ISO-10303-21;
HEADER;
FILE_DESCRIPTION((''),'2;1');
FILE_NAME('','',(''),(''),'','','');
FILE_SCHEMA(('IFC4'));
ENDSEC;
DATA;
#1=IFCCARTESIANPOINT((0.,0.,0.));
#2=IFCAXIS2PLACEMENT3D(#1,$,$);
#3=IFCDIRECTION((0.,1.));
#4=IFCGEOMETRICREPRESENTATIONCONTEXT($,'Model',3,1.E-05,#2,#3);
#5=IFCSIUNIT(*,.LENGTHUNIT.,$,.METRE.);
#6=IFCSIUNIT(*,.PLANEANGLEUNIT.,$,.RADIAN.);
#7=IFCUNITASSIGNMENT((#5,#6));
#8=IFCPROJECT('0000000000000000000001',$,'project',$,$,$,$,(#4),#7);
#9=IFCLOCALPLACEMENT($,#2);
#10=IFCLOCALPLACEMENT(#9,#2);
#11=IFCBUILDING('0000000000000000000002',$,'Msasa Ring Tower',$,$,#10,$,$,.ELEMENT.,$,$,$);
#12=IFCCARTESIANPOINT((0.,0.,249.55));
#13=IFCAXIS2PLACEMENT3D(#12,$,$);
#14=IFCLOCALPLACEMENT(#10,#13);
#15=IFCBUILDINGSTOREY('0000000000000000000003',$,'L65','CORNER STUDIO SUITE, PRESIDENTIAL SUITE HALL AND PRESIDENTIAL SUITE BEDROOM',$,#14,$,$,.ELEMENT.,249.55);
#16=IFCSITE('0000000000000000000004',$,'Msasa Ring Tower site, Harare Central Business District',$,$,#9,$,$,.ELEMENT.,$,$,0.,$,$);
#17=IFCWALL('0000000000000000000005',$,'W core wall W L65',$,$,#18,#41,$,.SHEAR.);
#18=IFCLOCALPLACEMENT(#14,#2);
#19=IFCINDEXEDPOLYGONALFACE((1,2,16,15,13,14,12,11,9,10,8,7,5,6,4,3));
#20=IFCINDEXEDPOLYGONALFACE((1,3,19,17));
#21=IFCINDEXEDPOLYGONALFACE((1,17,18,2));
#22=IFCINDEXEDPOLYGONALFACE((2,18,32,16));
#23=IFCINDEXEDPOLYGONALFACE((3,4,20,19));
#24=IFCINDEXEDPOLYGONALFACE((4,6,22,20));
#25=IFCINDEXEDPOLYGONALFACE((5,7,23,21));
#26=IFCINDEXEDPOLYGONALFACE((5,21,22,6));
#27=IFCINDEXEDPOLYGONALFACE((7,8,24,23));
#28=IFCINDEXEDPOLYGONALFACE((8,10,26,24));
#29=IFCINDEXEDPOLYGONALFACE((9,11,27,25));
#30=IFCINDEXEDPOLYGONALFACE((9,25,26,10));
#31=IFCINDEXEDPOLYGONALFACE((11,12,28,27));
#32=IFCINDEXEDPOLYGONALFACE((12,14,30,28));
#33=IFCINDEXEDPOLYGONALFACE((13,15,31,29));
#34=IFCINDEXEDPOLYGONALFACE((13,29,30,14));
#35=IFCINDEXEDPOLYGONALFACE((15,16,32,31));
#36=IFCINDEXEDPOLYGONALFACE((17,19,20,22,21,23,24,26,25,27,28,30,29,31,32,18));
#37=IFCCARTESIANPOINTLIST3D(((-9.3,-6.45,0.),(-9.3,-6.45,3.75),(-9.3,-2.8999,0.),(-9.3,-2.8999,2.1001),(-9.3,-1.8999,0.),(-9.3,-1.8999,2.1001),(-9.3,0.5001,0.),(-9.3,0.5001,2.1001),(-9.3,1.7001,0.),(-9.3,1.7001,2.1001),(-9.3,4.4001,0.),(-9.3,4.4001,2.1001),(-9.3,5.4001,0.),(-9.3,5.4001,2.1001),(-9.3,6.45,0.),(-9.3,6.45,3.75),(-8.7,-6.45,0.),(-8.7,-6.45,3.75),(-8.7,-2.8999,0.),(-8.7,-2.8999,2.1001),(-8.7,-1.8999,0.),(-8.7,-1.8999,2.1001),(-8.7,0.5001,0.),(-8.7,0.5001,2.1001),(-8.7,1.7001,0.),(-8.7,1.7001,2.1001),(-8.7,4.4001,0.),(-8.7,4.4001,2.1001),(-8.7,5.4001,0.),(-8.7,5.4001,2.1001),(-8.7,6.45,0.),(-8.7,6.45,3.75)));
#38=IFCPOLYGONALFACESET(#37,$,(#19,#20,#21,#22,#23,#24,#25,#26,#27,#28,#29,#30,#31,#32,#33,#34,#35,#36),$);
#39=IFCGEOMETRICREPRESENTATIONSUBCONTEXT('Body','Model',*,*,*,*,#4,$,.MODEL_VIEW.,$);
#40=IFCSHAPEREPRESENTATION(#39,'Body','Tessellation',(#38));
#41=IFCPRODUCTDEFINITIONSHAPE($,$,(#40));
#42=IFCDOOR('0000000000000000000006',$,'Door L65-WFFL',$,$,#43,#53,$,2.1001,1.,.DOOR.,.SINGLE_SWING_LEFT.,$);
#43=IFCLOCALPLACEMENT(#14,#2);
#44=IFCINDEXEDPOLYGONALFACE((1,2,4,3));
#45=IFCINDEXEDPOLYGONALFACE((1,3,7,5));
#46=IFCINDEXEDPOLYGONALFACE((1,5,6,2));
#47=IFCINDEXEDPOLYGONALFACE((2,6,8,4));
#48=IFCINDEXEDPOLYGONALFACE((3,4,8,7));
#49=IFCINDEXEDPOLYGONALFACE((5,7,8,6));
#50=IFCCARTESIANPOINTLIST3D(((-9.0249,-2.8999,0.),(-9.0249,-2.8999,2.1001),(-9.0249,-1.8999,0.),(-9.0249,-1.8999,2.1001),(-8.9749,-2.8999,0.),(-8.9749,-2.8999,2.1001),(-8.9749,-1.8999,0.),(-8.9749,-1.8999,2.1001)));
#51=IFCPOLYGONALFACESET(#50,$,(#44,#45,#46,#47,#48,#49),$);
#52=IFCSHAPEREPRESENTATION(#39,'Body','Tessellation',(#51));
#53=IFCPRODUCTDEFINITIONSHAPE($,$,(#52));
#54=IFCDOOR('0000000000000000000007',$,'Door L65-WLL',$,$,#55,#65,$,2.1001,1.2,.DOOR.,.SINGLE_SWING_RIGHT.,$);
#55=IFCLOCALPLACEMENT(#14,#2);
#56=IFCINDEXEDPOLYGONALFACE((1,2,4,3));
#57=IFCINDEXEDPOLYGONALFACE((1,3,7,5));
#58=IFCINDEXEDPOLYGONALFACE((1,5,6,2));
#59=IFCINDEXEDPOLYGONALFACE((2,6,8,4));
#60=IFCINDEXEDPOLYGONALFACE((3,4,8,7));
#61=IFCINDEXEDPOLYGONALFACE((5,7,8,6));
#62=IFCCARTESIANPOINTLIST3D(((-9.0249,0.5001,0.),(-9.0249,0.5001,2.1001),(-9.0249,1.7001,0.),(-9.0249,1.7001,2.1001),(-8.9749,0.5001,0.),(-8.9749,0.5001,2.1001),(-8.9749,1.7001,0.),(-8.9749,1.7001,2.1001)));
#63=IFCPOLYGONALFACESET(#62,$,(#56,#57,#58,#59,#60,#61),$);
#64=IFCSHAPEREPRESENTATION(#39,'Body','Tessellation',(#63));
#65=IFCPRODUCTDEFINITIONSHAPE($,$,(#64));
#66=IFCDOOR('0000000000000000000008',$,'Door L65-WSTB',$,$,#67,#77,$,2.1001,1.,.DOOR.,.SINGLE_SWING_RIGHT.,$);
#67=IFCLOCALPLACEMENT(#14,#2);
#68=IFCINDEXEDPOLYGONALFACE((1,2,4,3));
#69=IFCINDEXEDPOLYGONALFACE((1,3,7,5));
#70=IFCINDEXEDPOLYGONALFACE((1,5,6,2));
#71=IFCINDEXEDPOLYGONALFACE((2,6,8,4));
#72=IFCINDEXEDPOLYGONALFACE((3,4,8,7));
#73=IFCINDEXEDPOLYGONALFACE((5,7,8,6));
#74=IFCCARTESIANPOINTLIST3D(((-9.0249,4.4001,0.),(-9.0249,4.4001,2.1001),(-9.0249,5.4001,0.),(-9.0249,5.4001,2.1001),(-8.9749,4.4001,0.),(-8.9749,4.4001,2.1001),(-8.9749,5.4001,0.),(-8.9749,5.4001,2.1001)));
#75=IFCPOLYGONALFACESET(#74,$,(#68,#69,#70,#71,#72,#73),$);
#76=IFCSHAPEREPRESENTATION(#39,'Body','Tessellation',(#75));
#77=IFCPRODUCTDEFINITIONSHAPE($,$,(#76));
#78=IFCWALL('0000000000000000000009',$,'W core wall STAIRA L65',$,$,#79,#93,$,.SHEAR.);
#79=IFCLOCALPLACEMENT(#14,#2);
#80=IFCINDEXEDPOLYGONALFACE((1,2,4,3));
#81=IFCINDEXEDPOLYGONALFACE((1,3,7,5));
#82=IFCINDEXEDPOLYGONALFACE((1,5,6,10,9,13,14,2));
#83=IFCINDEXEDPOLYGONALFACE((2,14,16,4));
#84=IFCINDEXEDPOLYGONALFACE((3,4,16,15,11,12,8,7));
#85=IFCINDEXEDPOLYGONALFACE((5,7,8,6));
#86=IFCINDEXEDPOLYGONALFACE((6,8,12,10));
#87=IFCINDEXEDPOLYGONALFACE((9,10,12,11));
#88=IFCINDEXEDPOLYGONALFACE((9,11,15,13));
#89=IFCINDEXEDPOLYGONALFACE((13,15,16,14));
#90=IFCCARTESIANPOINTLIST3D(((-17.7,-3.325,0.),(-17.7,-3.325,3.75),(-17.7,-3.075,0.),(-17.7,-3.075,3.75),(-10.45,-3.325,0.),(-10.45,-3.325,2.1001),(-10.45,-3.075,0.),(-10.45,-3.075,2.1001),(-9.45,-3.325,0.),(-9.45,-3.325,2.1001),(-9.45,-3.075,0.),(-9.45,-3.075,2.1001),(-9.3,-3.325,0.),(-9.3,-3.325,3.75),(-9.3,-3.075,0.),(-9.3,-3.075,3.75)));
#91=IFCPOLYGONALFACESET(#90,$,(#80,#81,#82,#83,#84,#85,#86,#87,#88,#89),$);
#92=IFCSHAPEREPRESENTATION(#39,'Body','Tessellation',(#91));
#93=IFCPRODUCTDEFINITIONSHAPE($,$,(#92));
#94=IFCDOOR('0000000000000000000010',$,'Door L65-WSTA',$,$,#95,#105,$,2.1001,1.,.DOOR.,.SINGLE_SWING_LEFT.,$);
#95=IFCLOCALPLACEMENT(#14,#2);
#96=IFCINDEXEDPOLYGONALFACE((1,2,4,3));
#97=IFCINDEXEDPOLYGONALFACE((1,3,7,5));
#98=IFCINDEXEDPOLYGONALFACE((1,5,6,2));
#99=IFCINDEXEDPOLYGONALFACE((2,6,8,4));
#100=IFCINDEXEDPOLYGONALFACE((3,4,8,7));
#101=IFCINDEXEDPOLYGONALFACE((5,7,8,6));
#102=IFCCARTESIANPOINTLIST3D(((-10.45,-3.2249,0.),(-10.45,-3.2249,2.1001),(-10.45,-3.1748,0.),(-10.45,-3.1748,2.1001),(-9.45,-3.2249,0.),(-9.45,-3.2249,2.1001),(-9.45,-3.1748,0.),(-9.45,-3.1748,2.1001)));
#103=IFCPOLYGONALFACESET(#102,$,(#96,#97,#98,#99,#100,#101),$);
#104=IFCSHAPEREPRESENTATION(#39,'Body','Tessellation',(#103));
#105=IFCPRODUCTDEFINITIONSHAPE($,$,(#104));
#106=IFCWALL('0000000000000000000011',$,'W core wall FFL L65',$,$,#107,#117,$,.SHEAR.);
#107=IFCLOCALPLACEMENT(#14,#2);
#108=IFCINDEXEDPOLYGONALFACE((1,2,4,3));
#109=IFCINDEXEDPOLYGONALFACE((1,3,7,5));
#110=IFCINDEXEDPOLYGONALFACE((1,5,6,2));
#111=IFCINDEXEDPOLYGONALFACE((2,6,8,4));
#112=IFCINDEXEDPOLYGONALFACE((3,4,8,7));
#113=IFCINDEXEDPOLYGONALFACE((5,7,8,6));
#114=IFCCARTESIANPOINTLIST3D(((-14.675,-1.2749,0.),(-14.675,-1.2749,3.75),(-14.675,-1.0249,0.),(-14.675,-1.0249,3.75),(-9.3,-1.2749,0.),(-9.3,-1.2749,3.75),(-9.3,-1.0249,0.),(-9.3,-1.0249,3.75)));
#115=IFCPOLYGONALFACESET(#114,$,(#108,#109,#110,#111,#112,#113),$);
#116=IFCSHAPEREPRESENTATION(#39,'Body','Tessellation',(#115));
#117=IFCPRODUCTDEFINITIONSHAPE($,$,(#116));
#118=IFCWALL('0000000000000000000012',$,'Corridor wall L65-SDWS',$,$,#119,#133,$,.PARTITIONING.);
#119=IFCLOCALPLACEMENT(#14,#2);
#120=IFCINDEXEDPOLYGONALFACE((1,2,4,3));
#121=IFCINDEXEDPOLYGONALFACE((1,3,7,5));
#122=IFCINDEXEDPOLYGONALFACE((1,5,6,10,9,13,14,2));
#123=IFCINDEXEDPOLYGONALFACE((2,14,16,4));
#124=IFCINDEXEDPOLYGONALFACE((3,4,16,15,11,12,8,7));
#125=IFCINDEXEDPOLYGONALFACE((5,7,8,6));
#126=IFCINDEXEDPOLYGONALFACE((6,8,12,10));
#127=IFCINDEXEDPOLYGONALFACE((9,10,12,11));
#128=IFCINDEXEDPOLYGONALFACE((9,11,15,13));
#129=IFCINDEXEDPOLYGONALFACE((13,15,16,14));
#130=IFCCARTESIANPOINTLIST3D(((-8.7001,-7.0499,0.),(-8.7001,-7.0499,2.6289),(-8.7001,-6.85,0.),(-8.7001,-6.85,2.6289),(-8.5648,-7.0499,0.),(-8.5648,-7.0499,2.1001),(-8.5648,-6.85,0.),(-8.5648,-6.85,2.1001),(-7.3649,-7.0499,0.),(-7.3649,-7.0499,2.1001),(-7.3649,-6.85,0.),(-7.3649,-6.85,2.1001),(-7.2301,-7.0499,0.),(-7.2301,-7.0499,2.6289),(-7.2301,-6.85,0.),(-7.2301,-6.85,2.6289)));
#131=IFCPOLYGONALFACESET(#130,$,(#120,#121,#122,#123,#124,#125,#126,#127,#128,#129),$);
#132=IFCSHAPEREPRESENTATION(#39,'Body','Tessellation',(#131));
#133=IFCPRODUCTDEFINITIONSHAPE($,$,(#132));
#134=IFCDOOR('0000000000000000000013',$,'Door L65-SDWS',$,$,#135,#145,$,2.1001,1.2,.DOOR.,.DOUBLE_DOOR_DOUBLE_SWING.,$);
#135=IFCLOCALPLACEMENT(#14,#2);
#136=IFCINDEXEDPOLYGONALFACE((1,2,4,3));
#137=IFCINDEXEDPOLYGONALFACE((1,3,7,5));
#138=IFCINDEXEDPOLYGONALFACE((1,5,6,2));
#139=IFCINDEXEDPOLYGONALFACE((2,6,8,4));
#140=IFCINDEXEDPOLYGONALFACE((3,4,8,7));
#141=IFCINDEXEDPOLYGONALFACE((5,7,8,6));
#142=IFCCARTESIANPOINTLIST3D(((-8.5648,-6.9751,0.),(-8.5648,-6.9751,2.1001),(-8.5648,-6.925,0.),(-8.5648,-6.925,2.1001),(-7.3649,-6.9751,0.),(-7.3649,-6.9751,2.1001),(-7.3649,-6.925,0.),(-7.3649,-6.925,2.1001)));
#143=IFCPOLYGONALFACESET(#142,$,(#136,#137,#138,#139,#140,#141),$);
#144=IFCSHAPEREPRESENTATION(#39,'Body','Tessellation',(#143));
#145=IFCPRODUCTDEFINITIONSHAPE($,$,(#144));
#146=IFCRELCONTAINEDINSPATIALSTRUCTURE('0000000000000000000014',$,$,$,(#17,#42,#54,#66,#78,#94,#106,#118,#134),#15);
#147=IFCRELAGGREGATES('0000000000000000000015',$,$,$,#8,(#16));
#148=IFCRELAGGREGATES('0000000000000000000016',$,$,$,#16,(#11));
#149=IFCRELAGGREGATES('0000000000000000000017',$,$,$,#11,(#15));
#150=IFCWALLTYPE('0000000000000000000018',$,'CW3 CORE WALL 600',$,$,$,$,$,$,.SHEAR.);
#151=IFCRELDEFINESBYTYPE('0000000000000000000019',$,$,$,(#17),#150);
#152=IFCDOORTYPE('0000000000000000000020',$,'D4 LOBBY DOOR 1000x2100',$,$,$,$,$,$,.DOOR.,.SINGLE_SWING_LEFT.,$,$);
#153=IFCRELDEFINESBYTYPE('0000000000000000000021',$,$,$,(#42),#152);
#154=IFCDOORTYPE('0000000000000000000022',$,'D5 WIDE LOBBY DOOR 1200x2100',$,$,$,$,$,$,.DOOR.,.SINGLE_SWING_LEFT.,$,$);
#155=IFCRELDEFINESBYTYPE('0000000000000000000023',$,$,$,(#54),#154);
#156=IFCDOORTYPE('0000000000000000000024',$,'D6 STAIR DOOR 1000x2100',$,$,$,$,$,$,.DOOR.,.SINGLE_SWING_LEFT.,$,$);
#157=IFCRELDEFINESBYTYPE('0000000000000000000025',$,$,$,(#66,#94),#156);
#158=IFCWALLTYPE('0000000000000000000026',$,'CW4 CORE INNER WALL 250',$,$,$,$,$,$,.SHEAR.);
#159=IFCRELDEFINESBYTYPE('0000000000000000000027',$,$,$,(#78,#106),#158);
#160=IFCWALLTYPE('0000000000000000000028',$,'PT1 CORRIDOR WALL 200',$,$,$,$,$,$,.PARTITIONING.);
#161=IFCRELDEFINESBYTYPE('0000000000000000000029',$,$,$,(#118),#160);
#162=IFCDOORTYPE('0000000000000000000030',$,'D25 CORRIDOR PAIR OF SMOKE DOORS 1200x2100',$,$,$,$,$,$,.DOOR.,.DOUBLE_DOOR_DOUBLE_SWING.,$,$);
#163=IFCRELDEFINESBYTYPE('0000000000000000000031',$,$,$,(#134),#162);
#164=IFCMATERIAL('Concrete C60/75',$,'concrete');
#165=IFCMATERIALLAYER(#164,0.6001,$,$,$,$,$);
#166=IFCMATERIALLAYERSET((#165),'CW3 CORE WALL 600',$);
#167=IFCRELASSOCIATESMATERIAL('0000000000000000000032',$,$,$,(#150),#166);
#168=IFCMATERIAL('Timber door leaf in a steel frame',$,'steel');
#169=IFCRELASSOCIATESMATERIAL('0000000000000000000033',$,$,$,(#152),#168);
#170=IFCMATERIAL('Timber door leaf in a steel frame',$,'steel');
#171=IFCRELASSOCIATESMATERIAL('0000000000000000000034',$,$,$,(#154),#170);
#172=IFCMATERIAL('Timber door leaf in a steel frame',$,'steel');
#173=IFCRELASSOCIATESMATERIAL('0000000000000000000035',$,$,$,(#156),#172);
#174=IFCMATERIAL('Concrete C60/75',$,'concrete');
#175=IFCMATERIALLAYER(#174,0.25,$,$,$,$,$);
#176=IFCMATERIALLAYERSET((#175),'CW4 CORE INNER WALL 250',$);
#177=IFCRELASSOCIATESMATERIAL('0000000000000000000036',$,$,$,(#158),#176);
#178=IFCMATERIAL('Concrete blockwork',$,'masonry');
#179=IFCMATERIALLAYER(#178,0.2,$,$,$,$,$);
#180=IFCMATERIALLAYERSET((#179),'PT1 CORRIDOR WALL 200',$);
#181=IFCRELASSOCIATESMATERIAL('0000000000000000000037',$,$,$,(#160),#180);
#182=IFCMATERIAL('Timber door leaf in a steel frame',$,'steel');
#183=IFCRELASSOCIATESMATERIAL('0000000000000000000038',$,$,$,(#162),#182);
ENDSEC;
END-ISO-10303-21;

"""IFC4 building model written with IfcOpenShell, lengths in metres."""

from ifc_helpers import new_model, si_unit, direction, frame, frame_2d, origin, place, context, subcontext, project, spatial, rectangle, extrude, material, layer, layer_set, type_object, element, fill, save


model = new_model("IFC4")

# Units and contexts
model_context = context("Model", 3, precision=1e-05, world=origin(), true_north=direction((0.0, 1.0)))
body_context = subcontext(model_context, "Body", "Model", "MODEL_VIEW")
ifc_project = project(units=[si_unit("LENGTHUNIT", "METRE"), si_unit("PLANEANGLEUNIT", "RADIAN")], contexts=[model_context])

# Site, building, storey
site_placement = place(None, origin())
site = spatial("IfcSite", under=ifc_project, at=site_placement, Name="Msasa Ring Tower site, Harare Central Business District", CompositionType="ELEMENT", RefElevation=0.0)
building_placement = place(site_placement, origin())
building = spatial("IfcBuilding", under=site, at=building_placement, Name="Msasa Ring Tower", CompositionType="ELEMENT")
storey_placement = place(building_placement, frame((0.0, 0.0, 249.55)))
storey = spatial("IfcBuildingStorey", under=building, at=storey_placement, Name="L65", Description="CORNER STUDIO SUITE, PRESIDENTIAL SUITE HALL AND PRESIDENTIAL SUITE BEDROOM", CompositionType="ELEMENT", Elevation=249.55)

# Shared definitions
ifc_material_1 = material(Name="Concrete C60/75", Category="concrete")
ifc_layer_1 = layer(ifc_material_1, 0.6001)
ifc_layer_set_1 = layer_set([ifc_layer_1], Name="CW3 CORE WALL 600")
wall_type_1 = type_object("IfcWallType", Name="CW3 CORE WALL 600", PredefinedType="SHEAR", material=ifc_layer_set_1)

# Wall, openings, doors
wall_1_placement = place(storey_placement, frame((-9.0, -6.45, 0.0), z_axis=(0.0, 0.0, 1.0), x_axis=(0.0, 1.0, 0.0)))
wall_1 = element("IfcWall", 1, at=wall_1_placement, inside=storey, type_object=wall_type_1, Name="W core wall W L65", PredefinedType="SHEAR", context=body_context, shape_type="SweptSolid", body=[
    extrude(rectangle(XDim=12.8999, YDim=0.6001, at=frame_2d((6.45, 0.0))), origin(), (0.0, 0.0, 1.0), 3.75),
])
opening_1_placement = place(wall_1_placement, frame((3.55, 0.0, 0.0)))
opening_1 = element("IfcOpeningElement", 2, at=opening_1_placement, cuts=wall_1, PredefinedType="OPENING", context=body_context, shape_type="SweptSolid", body=[
    extrude(rectangle(XDim=1.0, YDim=2.1001, at=frame_2d((0.5, 1.05))), frame((0.0, 0.3101, 0.0), z_axis=(0.0, -1.0, 0.0), x_axis=(1.0, 0.0, 0.0)), (0.0, 0.0, 1.0), 0.6201),
])
opening_2_placement = place(wall_1_placement, frame((6.95, 0.0, 0.0)))
opening_2 = element("IfcOpeningElement", 3, at=opening_2_placement, cuts=wall_1, PredefinedType="OPENING", context=body_context, shape_type="SweptSolid", body=[
    extrude(rectangle(XDim=1.2, YDim=2.1001, at=frame_2d((0.6001, 1.05))), frame((0.0, 0.3101, 0.0), z_axis=(0.0, -1.0, 0.0), x_axis=(1.0, 0.0, 0.0)), (0.0, 0.0, 1.0), 0.6201),
])
opening_3_placement = place(wall_1_placement, frame((10.8501, 0.0, 0.0)))
opening_3 = element("IfcOpeningElement", 4, at=opening_3_placement, cuts=wall_1, PredefinedType="OPENING", context=body_context, shape_type="SweptSolid", body=[
    extrude(rectangle(XDim=1.0, YDim=2.1001, at=frame_2d((0.5, 1.05))), frame((0.0, 0.3101, 0.0), z_axis=(0.0, -1.0, 0.0), x_axis=(1.0, 0.0, 0.0)), (0.0, 0.0, 1.0), 0.6201),
])
ifc_material_2 = material(Name="Timber door leaf in a steel frame", Category="steel")
door_type_1 = type_object("IfcDoorType", Name="D4 LOBBY DOOR 1000x2100", OperationType="SINGLE_SWING_LEFT", PredefinedType="DOOR", material=ifc_material_2)
door_1_placement = place(opening_1_placement, origin())
door_1 = element("IfcDoor", 5, at=door_1_placement, inside=storey, type_object=door_type_1, Name="Door L65-WFFL", OperationType="SINGLE_SWING_LEFT", OverallHeight=2.1001, OverallWidth=1.0, PredefinedType="DOOR", context=body_context, shape_type="SweptSolid", body=[
    extrude(rectangle(XDim=1.0, YDim=2.1001, at=frame_2d((0.5, 1.05))), frame((0.0, 0.0249, 0.0), z_axis=(0.0, -1.0, 0.0), x_axis=(1.0, 0.0, 0.0)), (0.0, 0.0, 1.0), 0.05),
])
fill(opening_1, door_1)
ifc_material_3 = material(Name="Timber door leaf in a steel frame", Category="steel")
door_type_2 = type_object("IfcDoorType", Name="D5 WIDE LOBBY DOOR 1200x2100", OperationType="SINGLE_SWING_LEFT", PredefinedType="DOOR", material=ifc_material_3)
door_2_placement = place(opening_2_placement, origin())
door_2 = element("IfcDoor", 6, at=door_2_placement, inside=storey, type_object=door_type_2, Name="Door L65-WLL", OperationType="SINGLE_SWING_RIGHT", OverallHeight=2.1001, OverallWidth=1.2, PredefinedType="DOOR", context=body_context, shape_type="SweptSolid", body=[
    extrude(rectangle(XDim=1.2, YDim=2.1001, at=frame_2d((0.6001, 1.05))), frame((0.0, 0.0249, 0.0), z_axis=(0.0, -1.0, 0.0), x_axis=(1.0, 0.0, 0.0)), (0.0, 0.0, 1.0), 0.05),
])
fill(opening_2, door_2)
ifc_material_4 = material(Name="Timber door leaf in a steel frame", Category="steel")
door_type_3 = type_object("IfcDoorType", Name="D6 STAIR DOOR 1000x2100", OperationType="SINGLE_SWING_LEFT", PredefinedType="DOOR", material=ifc_material_4)
door_3_placement = place(opening_3_placement, origin())
door_3 = element("IfcDoor", 7, at=door_3_placement, inside=storey, type_object=door_type_3, Name="Door L65-WSTB", OperationType="SINGLE_SWING_RIGHT", OverallHeight=2.1001, OverallWidth=1.0, PredefinedType="DOOR", context=body_context, shape_type="SweptSolid", body=[
    extrude(rectangle(XDim=1.0, YDim=2.1001, at=frame_2d((0.5, 1.05))), frame((0.0, 0.0249, 0.0), z_axis=(0.0, -1.0, 0.0), x_axis=(1.0, 0.0, 0.0)), (0.0, 0.0, 1.0), 0.05),
])
fill(opening_3, door_3)

# Wall, opening, door
ifc_material_5 = material(Name="Concrete C60/75", Category="concrete")
ifc_layer_2 = layer(ifc_material_5, 0.25)
ifc_layer_set_2 = layer_set([ifc_layer_2], Name="CW4 CORE INNER WALL 250")
wall_type_2 = type_object("IfcWallType", Name="CW4 CORE INNER WALL 250", PredefinedType="SHEAR", material=ifc_layer_set_2)
wall_2_placement = place(storey_placement, frame((-9.3, -3.2, 0.0), z_axis=(0.0, 0.0, 1.0), x_axis=(-1.0, 0.0, 0.0)))
wall_2 = element("IfcWall", 8, at=wall_2_placement, inside=storey, type_object=wall_type_2, Name="W core wall STAIRA L65", PredefinedType="SHEAR", context=body_context, shape_type="SweptSolid", body=[
    extrude(rectangle(XDim=8.3999, YDim=0.25, at=frame_2d((4.2, 0.0))), origin(), (0.0, 0.0, 1.0), 3.75),
])
opening_4_placement = place(wall_2_placement, frame((0.1499, 0.0, 0.0)))
opening_4 = element("IfcOpeningElement", 9, at=opening_4_placement, cuts=wall_2, PredefinedType="OPENING", context=body_context, shape_type="SweptSolid", body=[
    extrude(rectangle(XDim=1.0, YDim=2.1001, at=frame_2d((0.5, 1.05))), frame((0.0, 0.135, 0.0), z_axis=(0.0, -1.0, 0.0), x_axis=(1.0, 0.0, 0.0)), (0.0, 0.0, 1.0), 0.27),
])
door_4_placement = place(opening_4_placement, origin())
door_4 = element("IfcDoor", 10, at=door_4_placement, inside=storey, type_object=door_type_3, Name="Door L65-WSTA", OperationType="SINGLE_SWING_LEFT", OverallHeight=2.1001, OverallWidth=1.0, PredefinedType="DOOR", context=body_context, shape_type="SweptSolid", body=[
    extrude(rectangle(XDim=1.0, YDim=2.1001, at=frame_2d((0.5, 1.05))), frame((0.0, 0.0249, 0.0), z_axis=(0.0, -1.0, 0.0), x_axis=(1.0, 0.0, 0.0)), (0.0, 0.0, 1.0), 0.05),
])
fill(opening_4, door_4)

# Wall
wall_3_placement = place(storey_placement, frame((-9.3, -1.1499, 0.0), z_axis=(0.0, 0.0, 1.0), x_axis=(-1.0, 0.0, 0.0)))
element("IfcWall", 11, at=wall_3_placement, inside=storey, type_object=wall_type_2, Name="W core wall FFL L65", PredefinedType="SHEAR", context=body_context, shape_type="SweptSolid", body=[
    extrude(rectangle(XDim=5.375, YDim=0.25, at=frame_2d((2.6875, 0.0))), origin(), (0.0, 0.0, 1.0), 3.75),
])

# Wall, opening, door
ifc_material_6 = material(Name="Concrete blockwork", Category="masonry")
ifc_layer_3 = layer(ifc_material_6, 0.2)
ifc_layer_set_3 = layer_set([ifc_layer_3], Name="PT1 CORRIDOR WALL 200")
wall_type_3 = type_object("IfcWallType", Name="PT1 CORRIDOR WALL 200", PredefinedType="PARTITIONING", material=ifc_layer_set_3)
wall_4_placement = place(storey_placement, frame((-8.7, -6.95, 0.0), z_axis=(0.0, 0.0, 1.0), x_axis=(1.0, 0.0, 0.0)))
wall_4 = element("IfcWall", 12, at=wall_4_placement, inside=storey, type_object=wall_type_3, Name="Corridor wall L65-SDWS", PredefinedType="PARTITIONING", context=body_context, shape_type="SweptSolid", body=[
    extrude(rectangle(XDim=1.47, YDim=0.2, at=frame_2d((0.7349, 0.0))), origin(), (0.0, 0.0, 1.0), 2.6289),
])
opening_5_placement = place(wall_4_placement, frame((0.135, 0.0, 0.0)))
opening_5 = element("IfcOpeningElement", 13, at=opening_5_placement, cuts=wall_4, PredefinedType="OPENING", context=body_context, shape_type="SweptSolid", body=[
    extrude(rectangle(XDim=1.2, YDim=2.1001, at=frame_2d((0.6001, 1.05))), frame((0.0, 0.1099, 0.0), z_axis=(0.0, -1.0, 0.0), x_axis=(1.0, 0.0, 0.0)), (0.0, 0.0, 1.0), 0.22),
])
ifc_material_7 = material(Name="Timber door leaf in a steel frame", Category="steel")
door_type_4 = type_object("IfcDoorType", Name="D25 CORRIDOR PAIR OF SMOKE DOORS 1200x2100", OperationType="DOUBLE_DOOR_DOUBLE_SWING", PredefinedType="DOOR", material=ifc_material_7)
door_5_placement = place(opening_5_placement, origin())
door_5 = element("IfcDoor", 14, at=door_5_placement, inside=storey, type_object=door_type_4, Name="Door L65-SDWS", OperationType="DOUBLE_DOOR_DOUBLE_SWING", OverallHeight=2.1001, OverallWidth=1.2, PredefinedType="DOOR", context=body_context, shape_type="SweptSolid", body=[
    extrude(rectangle(XDim=1.2, YDim=2.1001, at=frame_2d((0.6001, 1.05))), frame((0.0, 0.0249, 0.0), z_axis=(0.0, -1.0, 0.0), x_axis=(1.0, 0.0, 0.0)), (0.0, 0.0, 1.0), 0.05),
])
fill(opening_5, door_5)

save(model, "model.ifc")
